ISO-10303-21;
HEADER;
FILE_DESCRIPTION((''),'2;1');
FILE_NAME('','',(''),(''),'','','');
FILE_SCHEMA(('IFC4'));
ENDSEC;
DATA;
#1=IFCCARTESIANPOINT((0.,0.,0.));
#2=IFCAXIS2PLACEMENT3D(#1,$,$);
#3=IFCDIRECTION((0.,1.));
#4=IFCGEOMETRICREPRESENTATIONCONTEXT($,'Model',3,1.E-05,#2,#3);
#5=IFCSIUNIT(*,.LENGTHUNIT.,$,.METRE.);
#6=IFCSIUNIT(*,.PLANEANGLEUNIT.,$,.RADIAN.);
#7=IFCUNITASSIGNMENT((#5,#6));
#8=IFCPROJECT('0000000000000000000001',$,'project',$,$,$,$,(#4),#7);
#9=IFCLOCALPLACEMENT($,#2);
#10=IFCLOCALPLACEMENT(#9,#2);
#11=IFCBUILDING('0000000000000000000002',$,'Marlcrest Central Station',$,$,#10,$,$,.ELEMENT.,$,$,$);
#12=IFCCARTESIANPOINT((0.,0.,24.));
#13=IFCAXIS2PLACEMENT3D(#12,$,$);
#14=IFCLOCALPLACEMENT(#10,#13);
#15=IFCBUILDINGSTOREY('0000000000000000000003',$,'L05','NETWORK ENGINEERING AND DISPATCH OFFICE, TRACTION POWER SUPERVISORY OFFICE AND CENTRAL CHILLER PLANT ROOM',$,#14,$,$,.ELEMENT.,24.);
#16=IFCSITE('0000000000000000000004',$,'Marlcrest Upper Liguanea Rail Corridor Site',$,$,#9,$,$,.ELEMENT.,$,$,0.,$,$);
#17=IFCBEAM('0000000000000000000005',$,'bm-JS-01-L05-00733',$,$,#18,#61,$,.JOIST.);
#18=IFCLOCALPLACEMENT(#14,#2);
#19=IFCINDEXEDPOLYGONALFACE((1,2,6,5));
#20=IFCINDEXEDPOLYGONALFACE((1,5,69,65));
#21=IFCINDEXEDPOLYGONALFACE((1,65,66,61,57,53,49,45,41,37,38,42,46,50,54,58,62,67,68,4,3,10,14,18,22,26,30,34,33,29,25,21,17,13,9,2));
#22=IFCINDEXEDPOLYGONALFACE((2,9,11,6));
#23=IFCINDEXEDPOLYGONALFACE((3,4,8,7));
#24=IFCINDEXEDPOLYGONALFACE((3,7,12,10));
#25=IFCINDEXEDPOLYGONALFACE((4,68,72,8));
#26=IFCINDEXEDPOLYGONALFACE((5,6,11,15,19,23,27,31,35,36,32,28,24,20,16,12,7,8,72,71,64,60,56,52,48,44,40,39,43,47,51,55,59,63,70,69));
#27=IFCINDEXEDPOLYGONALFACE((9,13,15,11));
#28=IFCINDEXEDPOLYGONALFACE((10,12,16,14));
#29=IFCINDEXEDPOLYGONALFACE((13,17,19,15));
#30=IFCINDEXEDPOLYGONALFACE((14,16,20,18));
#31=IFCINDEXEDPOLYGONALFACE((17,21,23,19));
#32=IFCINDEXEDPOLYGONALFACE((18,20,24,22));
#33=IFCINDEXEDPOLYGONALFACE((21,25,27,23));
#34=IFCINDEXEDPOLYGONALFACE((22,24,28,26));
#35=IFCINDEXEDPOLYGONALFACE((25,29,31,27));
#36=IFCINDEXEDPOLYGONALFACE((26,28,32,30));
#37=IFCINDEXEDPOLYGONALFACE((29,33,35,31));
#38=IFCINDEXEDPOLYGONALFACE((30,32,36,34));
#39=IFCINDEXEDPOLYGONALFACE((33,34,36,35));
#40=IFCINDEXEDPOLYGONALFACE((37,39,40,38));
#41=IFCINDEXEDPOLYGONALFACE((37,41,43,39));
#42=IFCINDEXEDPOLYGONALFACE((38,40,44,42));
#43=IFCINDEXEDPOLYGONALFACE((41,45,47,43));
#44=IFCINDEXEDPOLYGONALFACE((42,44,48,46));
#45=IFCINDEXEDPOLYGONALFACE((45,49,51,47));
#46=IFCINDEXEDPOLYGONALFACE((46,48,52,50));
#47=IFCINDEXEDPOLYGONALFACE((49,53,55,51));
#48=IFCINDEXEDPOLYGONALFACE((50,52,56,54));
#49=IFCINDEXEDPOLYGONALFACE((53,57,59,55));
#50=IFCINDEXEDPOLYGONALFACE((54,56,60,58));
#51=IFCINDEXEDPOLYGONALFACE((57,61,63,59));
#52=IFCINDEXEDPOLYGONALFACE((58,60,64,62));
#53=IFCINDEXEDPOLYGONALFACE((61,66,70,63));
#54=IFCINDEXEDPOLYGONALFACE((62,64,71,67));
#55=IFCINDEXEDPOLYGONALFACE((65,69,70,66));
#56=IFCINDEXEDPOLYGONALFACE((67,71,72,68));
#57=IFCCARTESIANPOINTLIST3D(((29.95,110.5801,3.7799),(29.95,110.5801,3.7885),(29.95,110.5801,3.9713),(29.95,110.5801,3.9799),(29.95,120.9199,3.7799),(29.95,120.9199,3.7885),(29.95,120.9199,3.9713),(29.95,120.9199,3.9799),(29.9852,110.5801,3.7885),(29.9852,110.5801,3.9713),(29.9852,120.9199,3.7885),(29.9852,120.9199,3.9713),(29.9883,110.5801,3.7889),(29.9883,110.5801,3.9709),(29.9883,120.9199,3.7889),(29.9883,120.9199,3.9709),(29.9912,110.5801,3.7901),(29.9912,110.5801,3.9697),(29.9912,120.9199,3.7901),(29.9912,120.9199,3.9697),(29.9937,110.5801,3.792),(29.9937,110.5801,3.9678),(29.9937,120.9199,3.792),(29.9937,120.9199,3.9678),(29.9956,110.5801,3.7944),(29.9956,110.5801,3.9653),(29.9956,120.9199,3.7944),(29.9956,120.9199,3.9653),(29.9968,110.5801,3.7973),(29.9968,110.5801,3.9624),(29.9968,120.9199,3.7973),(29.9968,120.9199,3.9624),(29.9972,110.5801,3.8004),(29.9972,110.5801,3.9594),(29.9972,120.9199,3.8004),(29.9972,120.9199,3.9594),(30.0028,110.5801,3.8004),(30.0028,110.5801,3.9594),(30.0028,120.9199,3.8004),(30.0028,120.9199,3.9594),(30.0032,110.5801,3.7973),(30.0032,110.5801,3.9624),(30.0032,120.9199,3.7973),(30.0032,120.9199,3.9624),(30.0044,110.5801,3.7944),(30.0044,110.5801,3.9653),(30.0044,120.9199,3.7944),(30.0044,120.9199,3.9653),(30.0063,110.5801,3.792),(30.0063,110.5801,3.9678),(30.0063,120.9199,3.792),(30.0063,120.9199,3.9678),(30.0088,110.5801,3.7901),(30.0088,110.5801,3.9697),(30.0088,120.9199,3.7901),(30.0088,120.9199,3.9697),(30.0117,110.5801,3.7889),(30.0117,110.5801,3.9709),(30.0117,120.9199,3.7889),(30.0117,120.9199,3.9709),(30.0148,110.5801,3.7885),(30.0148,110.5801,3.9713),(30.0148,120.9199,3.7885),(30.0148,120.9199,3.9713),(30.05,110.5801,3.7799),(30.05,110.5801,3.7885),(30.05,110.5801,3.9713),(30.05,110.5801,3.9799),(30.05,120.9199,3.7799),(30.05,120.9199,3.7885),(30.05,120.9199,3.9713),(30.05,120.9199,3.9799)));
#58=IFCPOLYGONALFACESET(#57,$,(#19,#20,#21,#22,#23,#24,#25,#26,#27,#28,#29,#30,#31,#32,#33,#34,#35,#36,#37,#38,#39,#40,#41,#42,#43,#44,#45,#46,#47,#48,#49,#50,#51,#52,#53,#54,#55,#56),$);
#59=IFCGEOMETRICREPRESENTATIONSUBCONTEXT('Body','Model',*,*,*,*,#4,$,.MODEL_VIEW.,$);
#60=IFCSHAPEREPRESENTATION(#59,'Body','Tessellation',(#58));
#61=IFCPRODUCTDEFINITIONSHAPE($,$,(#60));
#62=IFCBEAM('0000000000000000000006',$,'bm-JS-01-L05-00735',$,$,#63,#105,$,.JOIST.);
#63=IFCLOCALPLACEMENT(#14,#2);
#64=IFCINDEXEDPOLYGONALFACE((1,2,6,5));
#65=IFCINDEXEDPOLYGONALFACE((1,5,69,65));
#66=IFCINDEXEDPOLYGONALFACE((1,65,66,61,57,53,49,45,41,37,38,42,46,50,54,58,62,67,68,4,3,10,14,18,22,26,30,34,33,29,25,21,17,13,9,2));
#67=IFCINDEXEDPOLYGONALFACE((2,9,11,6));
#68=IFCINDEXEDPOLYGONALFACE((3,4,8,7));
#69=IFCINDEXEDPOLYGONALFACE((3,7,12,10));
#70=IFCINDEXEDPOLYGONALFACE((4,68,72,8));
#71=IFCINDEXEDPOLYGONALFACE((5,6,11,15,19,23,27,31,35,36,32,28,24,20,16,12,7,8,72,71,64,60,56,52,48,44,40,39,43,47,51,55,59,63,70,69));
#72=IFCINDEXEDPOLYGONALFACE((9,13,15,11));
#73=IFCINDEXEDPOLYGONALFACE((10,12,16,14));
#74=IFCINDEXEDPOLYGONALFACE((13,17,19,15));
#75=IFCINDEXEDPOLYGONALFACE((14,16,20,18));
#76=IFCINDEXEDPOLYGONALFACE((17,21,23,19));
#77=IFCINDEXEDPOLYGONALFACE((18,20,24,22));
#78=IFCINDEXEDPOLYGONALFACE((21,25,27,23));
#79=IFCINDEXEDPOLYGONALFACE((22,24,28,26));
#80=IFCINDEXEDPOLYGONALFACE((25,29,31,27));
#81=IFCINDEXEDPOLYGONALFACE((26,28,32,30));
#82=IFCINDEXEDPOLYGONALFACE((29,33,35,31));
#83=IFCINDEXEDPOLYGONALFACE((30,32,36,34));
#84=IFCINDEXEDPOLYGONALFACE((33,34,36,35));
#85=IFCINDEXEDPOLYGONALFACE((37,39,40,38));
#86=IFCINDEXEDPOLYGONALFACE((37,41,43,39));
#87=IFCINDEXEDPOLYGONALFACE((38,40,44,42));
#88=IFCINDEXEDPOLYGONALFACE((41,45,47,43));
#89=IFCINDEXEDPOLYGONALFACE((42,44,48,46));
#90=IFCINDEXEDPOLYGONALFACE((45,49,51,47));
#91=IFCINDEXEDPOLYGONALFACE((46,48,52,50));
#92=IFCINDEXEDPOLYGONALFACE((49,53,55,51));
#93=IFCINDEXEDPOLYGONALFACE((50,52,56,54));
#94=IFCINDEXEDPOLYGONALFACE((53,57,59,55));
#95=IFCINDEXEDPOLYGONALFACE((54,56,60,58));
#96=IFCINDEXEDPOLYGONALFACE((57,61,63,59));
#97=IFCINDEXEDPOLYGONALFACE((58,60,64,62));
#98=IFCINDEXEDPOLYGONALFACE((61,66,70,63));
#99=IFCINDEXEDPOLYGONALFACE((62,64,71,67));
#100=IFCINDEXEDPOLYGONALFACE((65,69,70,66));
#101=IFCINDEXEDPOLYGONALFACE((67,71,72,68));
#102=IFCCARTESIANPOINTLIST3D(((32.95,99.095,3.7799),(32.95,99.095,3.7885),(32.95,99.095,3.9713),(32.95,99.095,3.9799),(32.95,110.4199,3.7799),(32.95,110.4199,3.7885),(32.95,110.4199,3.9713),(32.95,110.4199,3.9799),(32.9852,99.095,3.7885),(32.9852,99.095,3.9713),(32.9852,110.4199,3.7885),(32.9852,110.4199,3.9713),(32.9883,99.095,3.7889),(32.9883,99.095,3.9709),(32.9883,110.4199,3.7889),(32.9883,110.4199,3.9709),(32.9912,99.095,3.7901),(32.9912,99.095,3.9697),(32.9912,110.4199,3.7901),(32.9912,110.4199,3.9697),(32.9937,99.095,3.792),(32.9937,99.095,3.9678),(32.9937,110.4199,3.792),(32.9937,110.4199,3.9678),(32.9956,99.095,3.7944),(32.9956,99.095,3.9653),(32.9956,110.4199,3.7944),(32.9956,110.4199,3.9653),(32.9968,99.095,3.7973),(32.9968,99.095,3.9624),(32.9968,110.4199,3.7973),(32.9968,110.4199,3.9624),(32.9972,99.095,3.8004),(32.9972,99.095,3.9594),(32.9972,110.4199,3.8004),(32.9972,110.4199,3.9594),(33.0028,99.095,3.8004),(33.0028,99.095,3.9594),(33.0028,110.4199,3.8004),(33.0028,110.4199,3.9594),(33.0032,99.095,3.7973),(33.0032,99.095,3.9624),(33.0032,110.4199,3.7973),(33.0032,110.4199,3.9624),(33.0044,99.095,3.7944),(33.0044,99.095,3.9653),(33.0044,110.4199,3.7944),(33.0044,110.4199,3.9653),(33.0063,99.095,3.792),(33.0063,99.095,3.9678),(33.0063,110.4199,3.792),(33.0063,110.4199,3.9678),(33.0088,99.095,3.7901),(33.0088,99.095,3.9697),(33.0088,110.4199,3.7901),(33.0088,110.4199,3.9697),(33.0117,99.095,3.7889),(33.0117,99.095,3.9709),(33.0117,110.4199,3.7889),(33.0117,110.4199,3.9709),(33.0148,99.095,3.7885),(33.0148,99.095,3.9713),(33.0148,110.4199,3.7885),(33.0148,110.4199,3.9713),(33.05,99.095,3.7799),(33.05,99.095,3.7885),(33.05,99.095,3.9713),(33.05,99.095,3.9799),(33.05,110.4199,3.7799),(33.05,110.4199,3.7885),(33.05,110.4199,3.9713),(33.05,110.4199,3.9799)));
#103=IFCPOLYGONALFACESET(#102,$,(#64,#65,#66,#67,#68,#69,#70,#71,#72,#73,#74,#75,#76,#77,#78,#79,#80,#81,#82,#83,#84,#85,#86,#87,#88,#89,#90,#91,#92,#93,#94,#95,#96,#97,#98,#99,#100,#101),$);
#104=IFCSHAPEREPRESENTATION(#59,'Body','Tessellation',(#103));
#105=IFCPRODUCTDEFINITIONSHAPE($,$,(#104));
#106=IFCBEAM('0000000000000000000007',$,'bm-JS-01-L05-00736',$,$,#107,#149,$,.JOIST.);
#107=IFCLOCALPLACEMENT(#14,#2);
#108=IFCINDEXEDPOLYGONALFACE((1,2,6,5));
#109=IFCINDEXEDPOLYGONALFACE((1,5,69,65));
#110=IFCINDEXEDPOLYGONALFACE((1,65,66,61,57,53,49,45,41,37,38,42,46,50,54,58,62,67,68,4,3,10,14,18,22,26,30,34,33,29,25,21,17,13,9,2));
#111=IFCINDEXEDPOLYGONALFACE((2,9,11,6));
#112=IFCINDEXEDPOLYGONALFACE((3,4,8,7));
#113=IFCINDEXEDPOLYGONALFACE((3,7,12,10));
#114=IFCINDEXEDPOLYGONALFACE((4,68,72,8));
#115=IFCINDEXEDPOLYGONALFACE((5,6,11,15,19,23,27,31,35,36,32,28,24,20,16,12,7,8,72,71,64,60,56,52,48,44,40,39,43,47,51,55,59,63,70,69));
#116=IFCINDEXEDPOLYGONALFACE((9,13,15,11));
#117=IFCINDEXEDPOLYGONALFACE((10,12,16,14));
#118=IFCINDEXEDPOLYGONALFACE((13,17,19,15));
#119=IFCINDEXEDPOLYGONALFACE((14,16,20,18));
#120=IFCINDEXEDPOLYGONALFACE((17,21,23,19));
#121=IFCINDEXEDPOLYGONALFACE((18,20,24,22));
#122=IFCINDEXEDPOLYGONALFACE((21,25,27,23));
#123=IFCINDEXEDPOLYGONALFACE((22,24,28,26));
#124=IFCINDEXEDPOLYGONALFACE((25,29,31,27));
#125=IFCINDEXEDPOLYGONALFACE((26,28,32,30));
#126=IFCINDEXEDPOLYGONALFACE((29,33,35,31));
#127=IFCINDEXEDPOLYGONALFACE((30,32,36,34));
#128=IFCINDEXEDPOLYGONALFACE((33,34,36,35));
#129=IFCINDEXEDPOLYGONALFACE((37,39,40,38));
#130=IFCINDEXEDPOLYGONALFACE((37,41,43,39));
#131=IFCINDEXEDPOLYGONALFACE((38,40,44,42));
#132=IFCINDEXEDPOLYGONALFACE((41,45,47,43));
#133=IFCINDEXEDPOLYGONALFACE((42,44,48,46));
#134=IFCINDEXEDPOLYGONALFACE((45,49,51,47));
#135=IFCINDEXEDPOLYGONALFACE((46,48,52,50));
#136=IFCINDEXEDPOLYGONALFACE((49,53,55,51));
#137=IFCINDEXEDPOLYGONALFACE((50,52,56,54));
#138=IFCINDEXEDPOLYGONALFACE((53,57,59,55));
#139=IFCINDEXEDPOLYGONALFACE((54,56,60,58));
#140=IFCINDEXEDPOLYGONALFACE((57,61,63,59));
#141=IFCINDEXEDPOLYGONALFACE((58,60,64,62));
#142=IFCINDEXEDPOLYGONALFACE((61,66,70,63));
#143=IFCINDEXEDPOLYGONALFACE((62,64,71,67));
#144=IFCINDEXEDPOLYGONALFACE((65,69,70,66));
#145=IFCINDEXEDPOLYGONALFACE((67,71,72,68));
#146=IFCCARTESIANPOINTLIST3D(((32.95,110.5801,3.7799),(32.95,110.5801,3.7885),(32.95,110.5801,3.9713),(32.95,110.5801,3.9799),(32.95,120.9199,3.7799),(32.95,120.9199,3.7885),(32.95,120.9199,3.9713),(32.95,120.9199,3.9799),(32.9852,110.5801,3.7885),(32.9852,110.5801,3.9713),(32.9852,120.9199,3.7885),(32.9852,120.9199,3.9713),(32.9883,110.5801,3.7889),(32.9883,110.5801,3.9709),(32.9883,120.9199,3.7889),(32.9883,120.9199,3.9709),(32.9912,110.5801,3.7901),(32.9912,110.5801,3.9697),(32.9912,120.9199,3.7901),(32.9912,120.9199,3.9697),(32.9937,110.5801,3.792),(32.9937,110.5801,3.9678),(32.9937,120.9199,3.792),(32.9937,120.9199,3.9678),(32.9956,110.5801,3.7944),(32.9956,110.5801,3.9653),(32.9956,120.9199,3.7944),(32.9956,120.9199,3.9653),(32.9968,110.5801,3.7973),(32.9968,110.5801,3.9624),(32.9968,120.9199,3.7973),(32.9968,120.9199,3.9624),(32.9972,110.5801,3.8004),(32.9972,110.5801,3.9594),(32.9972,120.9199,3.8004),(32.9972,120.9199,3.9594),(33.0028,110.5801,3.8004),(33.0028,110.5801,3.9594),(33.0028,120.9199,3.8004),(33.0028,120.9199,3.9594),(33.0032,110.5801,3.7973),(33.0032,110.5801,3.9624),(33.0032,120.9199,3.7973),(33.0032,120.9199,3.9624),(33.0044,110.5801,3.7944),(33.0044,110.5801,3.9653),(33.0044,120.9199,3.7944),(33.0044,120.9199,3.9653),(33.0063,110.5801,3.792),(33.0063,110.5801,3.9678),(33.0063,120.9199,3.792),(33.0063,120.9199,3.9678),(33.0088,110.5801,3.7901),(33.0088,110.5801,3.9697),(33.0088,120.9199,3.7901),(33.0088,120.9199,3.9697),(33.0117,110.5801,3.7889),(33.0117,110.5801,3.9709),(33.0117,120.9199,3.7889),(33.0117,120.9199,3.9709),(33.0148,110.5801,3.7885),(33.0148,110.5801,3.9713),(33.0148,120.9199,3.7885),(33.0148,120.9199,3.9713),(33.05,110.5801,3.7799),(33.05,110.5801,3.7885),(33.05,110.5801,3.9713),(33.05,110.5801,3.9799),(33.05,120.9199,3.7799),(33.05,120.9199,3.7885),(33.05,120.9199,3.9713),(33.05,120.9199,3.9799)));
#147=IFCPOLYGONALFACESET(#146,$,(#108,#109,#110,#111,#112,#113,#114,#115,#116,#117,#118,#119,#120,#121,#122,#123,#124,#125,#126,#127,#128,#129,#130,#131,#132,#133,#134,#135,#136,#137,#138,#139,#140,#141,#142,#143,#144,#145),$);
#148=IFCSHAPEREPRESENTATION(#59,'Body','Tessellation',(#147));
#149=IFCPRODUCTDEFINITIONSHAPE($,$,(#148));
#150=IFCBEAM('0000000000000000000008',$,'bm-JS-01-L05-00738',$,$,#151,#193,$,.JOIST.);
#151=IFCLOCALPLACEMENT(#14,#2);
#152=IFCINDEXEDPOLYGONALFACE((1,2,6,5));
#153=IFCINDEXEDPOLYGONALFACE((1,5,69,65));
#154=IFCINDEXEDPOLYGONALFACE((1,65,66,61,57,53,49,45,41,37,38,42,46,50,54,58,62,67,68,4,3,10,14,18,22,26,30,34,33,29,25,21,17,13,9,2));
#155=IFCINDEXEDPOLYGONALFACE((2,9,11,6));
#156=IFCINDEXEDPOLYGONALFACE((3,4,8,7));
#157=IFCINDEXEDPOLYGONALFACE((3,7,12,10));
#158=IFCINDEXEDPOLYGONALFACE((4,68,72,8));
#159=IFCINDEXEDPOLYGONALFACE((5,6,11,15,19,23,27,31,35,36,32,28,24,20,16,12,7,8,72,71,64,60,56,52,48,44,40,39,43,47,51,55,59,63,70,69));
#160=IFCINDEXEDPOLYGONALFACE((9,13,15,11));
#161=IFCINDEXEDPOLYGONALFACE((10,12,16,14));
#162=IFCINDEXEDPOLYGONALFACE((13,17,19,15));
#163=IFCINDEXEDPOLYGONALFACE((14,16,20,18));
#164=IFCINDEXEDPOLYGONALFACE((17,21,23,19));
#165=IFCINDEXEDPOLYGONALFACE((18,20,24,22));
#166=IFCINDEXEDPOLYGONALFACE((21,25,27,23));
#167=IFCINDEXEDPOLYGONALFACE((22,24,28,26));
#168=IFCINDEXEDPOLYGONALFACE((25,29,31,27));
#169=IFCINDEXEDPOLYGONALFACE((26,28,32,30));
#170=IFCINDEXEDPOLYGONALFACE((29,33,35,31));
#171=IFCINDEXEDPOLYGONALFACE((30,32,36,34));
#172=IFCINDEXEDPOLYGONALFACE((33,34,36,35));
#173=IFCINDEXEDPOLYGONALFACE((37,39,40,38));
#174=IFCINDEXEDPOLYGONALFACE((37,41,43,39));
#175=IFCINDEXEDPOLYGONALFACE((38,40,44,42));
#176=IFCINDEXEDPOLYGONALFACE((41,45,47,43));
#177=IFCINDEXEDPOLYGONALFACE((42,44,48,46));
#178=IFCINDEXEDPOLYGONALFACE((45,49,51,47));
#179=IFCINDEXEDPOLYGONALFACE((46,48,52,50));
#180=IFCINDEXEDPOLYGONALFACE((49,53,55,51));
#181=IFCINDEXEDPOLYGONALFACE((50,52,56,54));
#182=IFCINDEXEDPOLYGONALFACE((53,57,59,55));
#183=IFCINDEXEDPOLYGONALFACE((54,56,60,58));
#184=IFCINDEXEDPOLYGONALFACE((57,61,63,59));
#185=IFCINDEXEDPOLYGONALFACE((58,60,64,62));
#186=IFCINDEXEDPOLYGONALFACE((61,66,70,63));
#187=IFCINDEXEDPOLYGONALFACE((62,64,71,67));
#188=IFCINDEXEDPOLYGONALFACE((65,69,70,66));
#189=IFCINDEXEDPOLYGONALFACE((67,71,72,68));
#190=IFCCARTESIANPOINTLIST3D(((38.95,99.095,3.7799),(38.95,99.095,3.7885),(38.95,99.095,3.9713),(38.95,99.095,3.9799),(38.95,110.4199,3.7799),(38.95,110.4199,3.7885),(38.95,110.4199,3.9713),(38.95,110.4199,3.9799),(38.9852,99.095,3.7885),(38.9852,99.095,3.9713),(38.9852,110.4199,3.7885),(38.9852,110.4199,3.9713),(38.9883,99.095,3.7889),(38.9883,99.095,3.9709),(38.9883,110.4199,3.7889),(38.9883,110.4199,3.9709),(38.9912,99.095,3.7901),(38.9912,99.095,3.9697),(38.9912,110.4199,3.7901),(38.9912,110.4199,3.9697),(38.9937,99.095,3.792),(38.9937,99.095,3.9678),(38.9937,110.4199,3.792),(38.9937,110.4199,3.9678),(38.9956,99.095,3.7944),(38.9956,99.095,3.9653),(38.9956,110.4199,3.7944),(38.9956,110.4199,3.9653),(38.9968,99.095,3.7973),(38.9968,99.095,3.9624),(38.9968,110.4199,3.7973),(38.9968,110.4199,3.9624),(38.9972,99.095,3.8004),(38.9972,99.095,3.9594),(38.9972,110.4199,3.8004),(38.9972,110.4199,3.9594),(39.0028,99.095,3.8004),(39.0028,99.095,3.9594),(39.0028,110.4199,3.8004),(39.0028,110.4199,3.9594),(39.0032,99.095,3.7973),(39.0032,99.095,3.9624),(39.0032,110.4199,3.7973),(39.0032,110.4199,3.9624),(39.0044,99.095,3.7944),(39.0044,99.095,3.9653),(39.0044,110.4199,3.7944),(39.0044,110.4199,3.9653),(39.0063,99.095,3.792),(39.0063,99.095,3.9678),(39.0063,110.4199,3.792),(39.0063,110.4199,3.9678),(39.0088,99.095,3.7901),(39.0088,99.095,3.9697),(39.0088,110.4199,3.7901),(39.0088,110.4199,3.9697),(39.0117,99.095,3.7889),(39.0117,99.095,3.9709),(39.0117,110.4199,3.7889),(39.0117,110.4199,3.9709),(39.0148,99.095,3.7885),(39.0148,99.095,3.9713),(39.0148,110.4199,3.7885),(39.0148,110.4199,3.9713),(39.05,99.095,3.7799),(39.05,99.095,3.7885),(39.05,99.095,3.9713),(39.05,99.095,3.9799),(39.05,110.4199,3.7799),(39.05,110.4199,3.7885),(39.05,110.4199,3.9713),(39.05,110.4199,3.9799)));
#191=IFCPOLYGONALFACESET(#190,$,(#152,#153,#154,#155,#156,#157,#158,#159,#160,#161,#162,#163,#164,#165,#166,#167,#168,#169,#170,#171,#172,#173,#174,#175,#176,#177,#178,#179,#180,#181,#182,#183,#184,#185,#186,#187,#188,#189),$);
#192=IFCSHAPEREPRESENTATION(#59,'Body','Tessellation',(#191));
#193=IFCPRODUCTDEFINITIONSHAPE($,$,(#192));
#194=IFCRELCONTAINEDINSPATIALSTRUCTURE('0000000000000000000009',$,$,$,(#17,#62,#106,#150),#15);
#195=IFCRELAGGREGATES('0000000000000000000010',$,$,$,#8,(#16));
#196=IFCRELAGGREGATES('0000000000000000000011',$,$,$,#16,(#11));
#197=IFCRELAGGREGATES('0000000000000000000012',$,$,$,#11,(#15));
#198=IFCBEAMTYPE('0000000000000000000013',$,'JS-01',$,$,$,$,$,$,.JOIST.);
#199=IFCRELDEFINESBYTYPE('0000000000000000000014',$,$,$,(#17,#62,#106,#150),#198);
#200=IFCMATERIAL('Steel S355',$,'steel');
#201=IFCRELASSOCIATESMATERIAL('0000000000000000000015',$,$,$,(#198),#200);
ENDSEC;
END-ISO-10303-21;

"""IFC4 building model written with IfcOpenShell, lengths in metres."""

from ifc_helpers import new_model, si_unit, direction, frame, origin, origin_2d, place, context, subcontext, project, spatial, i_section, extrude, material, material_profile, profile_set, type_object, element, save


model = new_model("IFC4")

# Units and contexts
model_context = context("Model", 3, precision=1e-05, world=origin(), true_north=direction((0.0, 1.0)))
body_context = subcontext(model_context, "Body", "Model", "MODEL_VIEW")
ifc_project = project(units=[si_unit("LENGTHUNIT", "METRE"), si_unit("PLANEANGLEUNIT", "RADIAN")], contexts=[model_context])

# Site, building, storey
site_placement = place(None, origin())
site = spatial("IfcSite", under=ifc_project, at=site_placement, Name="Marlcrest Upper Liguanea Rail Corridor Site", CompositionType="ELEMENT", RefElevation=0.0)
building_placement = place(site_placement, origin())
building = spatial("IfcBuilding", under=site, at=building_placement, Name="Marlcrest Central Station", CompositionType="ELEMENT")
storey_placement = place(building_placement, frame((0.0, 0.0, 24.0)))
storey = spatial("IfcBuildingStorey", under=building, at=storey_placement, Name="L05", Description="NETWORK ENGINEERING AND DISPATCH OFFICE, TRACTION POWER SUPERVISORY OFFICE AND CENTRAL CHILLER PLANT ROOM", CompositionType="ELEMENT", Elevation=24.0)

# Shared definitions
ifc_material_1 = material(Name="Steel S355", Category="steel")

# Beams
ifc_material_profile_1 = material_profile(ifc_material_1, i_section(OverallWidth=0.1001, OverallDepth=0.2, WebThickness=0.0056, FlangeThickness=0.0085, FilletRadius=0.012, at=origin_2d()), Name="IPE 200")
ifc_profile_set_1 = profile_set([ifc_material_profile_1], Name="Steel S355")
beam_type_1 = type_object("IfcBeamType", Name="JS-01", PredefinedType="JOIST", material=ifc_profile_set_1)
beam_1_placement = place(storey_placement, frame((30.0, 110.5801, 3.8799), z_axis=(0.0, 1.0, 0.0), x_axis=(-1.0, 0.0, 0.0)))
element("IfcBeam", 1, at=beam_1_placement, inside=storey, type_object=beam_type_1, Name="bm-JS-01-L05-00733", PredefinedType="JOIST", context=body_context, shape_type="SweptSolid", body=[
    extrude(i_section(OverallWidth=0.1001, OverallDepth=0.2, WebThickness=0.0056, FlangeThickness=0.0085, FilletRadius=0.012, at=origin_2d()), origin(), (0.0, 0.0, 1.0), 10.3398),
])
beam_2_placement = place(storey_placement, frame((33.0, 99.095, 3.8799), z_axis=(0.0, 1.0, 0.0), x_axis=(-1.0, 0.0, 0.0)))
element("IfcBeam", 2, at=beam_2_placement, inside=storey, type_object=beam_type_1, Name="bm-JS-01-L05-00735", PredefinedType="JOIST", context=body_context, shape_type="SweptSolid", body=[
    extrude(i_section(OverallWidth=0.1001, OverallDepth=0.2, WebThickness=0.0056, FlangeThickness=0.0085, FilletRadius=0.012, at=origin_2d()), origin(), (0.0, 0.0, 1.0), 11.325),
])
beam_3_placement = place(storey_placement, frame((33.0, 110.5801, 3.8799), z_axis=(0.0, 1.0, 0.0), x_axis=(-1.0, 0.0, 0.0)))
element("IfcBeam", 3, at=beam_3_placement, inside=storey, type_object=beam_type_1, Name="bm-JS-01-L05-00736", PredefinedType="JOIST", context=body_context, shape_type="SweptSolid", body=[
    extrude(i_section(OverallWidth=0.1001, OverallDepth=0.2, WebThickness=0.0056, FlangeThickness=0.0085, FilletRadius=0.012, at=origin_2d()), origin(), (0.0, 0.0, 1.0), 10.3398),
])
beam_4_placement = place(storey_placement, frame((39.0, 99.095, 3.8799), z_axis=(0.0, 1.0, 0.0), x_axis=(-1.0, 0.0, 0.0)))
element("IfcBeam", 4, at=beam_4_placement, inside=storey, type_object=beam_type_1, Name="bm-JS-01-L05-00738", PredefinedType="JOIST", context=body_context, shape_type="SweptSolid", body=[
    extrude(i_section(OverallWidth=0.1001, OverallDepth=0.2, WebThickness=0.0056, FlangeThickness=0.0085, FilletRadius=0.012, at=origin_2d()), origin(), (0.0, 0.0, 1.0), 11.325),
])

save(model, "model.ifc")
